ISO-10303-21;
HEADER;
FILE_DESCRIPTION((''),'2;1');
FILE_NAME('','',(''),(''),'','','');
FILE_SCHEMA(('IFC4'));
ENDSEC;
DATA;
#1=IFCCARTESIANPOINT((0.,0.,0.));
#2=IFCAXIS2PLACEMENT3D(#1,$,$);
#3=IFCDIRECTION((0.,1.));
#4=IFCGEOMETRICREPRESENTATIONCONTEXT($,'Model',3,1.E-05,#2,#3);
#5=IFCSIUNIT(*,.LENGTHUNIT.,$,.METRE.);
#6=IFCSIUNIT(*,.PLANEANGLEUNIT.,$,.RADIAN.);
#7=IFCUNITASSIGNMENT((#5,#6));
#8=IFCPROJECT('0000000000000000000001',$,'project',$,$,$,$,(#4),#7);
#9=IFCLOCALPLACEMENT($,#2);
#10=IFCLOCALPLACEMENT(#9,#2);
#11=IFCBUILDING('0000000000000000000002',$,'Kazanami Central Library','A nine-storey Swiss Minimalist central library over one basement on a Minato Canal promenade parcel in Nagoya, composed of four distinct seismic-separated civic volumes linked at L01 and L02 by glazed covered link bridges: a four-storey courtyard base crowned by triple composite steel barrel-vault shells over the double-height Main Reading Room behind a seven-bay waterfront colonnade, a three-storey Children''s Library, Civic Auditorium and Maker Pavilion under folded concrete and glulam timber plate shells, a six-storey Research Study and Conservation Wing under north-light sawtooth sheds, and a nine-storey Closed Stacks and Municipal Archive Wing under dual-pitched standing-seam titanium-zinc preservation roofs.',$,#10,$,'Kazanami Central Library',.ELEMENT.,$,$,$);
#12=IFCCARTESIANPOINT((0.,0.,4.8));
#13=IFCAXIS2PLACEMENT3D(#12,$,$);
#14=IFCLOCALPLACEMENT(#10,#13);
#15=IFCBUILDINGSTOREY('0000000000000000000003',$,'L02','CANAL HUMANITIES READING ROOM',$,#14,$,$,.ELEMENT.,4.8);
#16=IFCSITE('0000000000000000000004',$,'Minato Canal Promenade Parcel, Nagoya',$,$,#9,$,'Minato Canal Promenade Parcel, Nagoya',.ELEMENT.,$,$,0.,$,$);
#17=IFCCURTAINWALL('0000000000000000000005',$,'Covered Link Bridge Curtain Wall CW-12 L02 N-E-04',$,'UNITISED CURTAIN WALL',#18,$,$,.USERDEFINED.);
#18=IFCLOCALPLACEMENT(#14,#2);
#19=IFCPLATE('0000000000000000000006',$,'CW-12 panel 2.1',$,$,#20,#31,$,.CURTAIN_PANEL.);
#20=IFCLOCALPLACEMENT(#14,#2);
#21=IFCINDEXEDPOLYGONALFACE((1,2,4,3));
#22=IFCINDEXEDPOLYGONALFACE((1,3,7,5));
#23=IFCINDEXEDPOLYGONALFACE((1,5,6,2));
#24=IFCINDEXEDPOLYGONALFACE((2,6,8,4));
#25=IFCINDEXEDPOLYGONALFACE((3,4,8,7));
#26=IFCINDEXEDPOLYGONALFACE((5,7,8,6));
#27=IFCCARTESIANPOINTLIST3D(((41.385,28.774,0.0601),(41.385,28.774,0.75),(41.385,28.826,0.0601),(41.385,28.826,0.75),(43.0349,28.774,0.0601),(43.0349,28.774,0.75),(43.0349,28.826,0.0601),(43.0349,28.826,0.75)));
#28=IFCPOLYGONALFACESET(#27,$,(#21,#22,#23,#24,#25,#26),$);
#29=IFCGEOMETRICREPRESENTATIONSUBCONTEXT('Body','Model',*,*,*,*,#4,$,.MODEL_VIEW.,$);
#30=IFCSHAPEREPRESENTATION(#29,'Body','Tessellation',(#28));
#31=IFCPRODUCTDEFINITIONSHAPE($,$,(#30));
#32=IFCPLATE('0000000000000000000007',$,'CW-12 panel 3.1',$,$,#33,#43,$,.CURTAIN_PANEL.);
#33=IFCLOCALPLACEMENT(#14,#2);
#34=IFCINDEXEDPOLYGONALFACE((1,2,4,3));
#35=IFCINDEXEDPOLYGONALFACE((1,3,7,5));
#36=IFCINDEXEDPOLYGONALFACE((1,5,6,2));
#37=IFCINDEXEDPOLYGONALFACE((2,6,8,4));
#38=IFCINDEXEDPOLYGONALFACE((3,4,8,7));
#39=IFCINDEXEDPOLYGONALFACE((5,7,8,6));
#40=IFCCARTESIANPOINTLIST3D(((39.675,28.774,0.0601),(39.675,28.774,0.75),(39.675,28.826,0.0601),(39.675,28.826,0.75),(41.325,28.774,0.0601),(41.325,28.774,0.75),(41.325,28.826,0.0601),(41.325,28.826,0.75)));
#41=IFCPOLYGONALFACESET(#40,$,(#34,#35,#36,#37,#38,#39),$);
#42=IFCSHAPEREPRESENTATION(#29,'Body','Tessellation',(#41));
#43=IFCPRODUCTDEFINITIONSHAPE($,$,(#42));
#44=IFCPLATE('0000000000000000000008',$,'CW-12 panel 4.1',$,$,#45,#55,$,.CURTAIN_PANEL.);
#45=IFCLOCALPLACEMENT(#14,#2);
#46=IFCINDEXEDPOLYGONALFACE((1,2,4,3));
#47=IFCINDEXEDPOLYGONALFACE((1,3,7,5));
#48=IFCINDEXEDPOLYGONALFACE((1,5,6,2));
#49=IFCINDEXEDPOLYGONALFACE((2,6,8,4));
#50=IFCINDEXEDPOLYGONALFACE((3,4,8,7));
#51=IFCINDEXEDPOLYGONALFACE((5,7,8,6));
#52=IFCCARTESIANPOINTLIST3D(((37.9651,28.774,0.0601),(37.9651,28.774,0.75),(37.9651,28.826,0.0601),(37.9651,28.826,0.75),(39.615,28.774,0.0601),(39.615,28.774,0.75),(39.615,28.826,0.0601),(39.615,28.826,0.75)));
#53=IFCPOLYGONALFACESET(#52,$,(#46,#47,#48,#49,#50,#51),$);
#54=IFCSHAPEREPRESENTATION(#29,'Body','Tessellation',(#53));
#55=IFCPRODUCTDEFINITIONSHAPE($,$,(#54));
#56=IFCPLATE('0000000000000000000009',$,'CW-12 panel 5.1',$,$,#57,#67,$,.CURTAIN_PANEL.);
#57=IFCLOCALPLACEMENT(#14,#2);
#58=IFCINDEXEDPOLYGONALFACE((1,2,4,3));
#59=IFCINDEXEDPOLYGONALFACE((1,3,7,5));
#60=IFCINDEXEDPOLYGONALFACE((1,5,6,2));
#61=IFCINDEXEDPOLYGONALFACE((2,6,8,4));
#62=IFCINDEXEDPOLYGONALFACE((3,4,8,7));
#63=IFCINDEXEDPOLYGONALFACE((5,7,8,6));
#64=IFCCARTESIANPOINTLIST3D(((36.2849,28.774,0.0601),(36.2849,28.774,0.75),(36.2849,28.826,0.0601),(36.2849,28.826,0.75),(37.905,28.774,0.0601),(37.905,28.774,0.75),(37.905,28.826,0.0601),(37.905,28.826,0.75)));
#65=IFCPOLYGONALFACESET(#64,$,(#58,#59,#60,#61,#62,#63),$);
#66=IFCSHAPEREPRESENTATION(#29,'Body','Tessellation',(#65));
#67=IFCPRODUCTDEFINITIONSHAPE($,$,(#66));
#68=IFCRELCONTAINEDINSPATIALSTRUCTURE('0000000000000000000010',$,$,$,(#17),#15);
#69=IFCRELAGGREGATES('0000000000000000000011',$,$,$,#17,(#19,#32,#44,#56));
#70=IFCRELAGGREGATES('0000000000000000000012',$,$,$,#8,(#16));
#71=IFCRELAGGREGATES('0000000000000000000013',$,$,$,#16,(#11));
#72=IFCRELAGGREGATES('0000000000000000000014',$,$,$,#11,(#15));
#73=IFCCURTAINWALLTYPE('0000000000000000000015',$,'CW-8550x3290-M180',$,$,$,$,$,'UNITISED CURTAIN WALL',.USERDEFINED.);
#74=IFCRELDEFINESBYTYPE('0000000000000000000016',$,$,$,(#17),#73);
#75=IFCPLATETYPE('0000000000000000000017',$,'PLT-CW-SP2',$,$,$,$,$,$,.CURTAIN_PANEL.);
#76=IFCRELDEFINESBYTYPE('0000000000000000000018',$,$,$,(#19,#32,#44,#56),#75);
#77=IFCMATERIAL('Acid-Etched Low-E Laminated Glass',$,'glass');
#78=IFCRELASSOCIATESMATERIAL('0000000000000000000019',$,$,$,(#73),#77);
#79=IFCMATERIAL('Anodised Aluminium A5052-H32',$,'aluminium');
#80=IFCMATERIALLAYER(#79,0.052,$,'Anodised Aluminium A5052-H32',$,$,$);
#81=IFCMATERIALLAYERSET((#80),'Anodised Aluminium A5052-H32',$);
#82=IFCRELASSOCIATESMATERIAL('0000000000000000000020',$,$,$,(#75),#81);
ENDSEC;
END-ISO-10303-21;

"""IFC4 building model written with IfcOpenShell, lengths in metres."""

from ifc_helpers import new_model, si_unit, direction, frame, origin, origin_2d, place, context, subcontext, project, spatial, rectangle, extrude, material, layer, layer_set, type_object, element, aggregate, save


model = new_model("IFC4")

# Units and contexts
model_context = context("Model", 3, precision=1e-05, world=origin(), true_north=direction((0.0, 1.0)))
body_context = subcontext(model_context, "Body", "Model", "MODEL_VIEW")
ifc_project = project(units=[si_unit("LENGTHUNIT", "METRE"), si_unit("PLANEANGLEUNIT", "RADIAN")], contexts=[model_context])

# Site, building, storey
site_placement = place(None, origin())
site = spatial("IfcSite", under=ifc_project, at=site_placement, Name="Minato Canal Promenade Parcel, Nagoya", LongName="Minato Canal Promenade Parcel, Nagoya", CompositionType="ELEMENT", RefElevation=0.0)
building_placement = place(site_placement, origin())
building = spatial("IfcBuilding", under=site, at=building_placement, Name="Kazanami Central Library", Description="A nine-storey Swiss Minimalist central library over one basement on a Minato Canal promenade parcel in Nagoya, composed of four distinct seismic-separated civic volumes linked at L01 and L02 by glazed covered link bridges: a four-storey courtyard base crowned by triple composite steel barrel-vault shells over the double-height Main Reading Room behind a seven-bay waterfront colonnade, a three-storey Children's Library, Civic Auditorium and Maker Pavilion under folded concrete and glulam timber plate shells, a six-storey Research Study and Conservation Wing under north-light sawtooth sheds, and a nine-storey Closed Stacks and Municipal Archive Wing under dual-pitched standing-seam titanium-zinc preservation roofs.", LongName="Kazanami Central Library", CompositionType="ELEMENT")
storey_placement = place(building_placement, frame((0.0, 0.0, 4.8)))
storey = spatial("IfcBuildingStorey", under=building, at=storey_placement, Name="L02", Description="CANAL HUMANITIES READING ROOM", CompositionType="ELEMENT", Elevation=4.8)

# Curtain wall
ifc_material_1 = material(Name="Acid-Etched Low-E Laminated Glass", Category="glass")
curtain_wall_type_1 = type_object("IfcCurtainWallType", Name="CW-8550x3290-M180", ElementType="UNITISED CURTAIN WALL", PredefinedType="USERDEFINED", material=ifc_material_1)
curtain_wall_1_placement = place(storey_placement, origin())
curtain_wall_1 = element("IfcCurtainWall", 1, at=curtain_wall_1_placement, inside=storey, type_object=curtain_wall_type_1, Name="Covered Link Bridge Curtain Wall CW-12 L02 N-E-04", ObjectType="UNITISED CURTAIN WALL", PredefinedType="USERDEFINED")

# Plates
ifc_material_2 = material(Name="Anodised Aluminium A5052-H32", Category="aluminium")
ifc_layer_1 = layer(ifc_material_2, 0.052, Name="Anodised Aluminium A5052-H32")
ifc_layer_set_1 = layer_set([ifc_layer_1], Name="Anodised Aluminium A5052-H32")
plate_type_1 = type_object("IfcPlateType", Name="PLT-CW-SP2", PredefinedType="CURTAIN_PANEL", material=ifc_layer_set_1)
plate_1_placement = place(storey_placement, frame((42.21, 28.8, 0.0601), z_axis=(0.0, 0.0, 1.0), x_axis=(-1.0, 0.0, 0.0)))
plate_1 = element("IfcPlate", 2, at=plate_1_placement, type_object=plate_type_1, Name="CW-12 panel 2.1", PredefinedType="CURTAIN_PANEL", context=body_context, shape_type="SweptSolid", body=[
    extrude(rectangle(XDim=1.6499, YDim=0.052, at=origin_2d()), origin(), (0.0, 0.0, 1.0), 0.6899),
])
plate_2_placement = place(storey_placement, frame((40.5, 28.8, 0.0601), z_axis=(0.0, 0.0, 1.0), x_axis=(-1.0, 0.0, 0.0)))
plate_2 = element("IfcPlate", 3, at=plate_2_placement, type_object=plate_type_1, Name="CW-12 panel 3.1", PredefinedType="CURTAIN_PANEL", context=body_context, shape_type="SweptSolid", body=[
    extrude(rectangle(XDim=1.6499, YDim=0.052, at=origin_2d()), origin(), (0.0, 0.0, 1.0), 0.6899),
])
plate_3_placement = place(storey_placement, frame((38.79, 28.8, 0.0601), z_axis=(0.0, 0.0, 1.0), x_axis=(-1.0, 0.0, 0.0)))
plate_3 = element("IfcPlate", 4, at=plate_3_placement, type_object=plate_type_1, Name="CW-12 panel 4.1", PredefinedType="CURTAIN_PANEL", context=body_context, shape_type="SweptSolid", body=[
    extrude(rectangle(XDim=1.6499, YDim=0.052, at=origin_2d()), origin(), (0.0, 0.0, 1.0), 0.6899),
])
plate_4_placement = place(storey_placement, frame((37.095, 28.8, 0.0601), z_axis=(0.0, 0.0, 1.0), x_axis=(-1.0, 0.0, 0.0)))
plate_4 = element("IfcPlate", 5, at=plate_4_placement, type_object=plate_type_1, Name="CW-12 panel 5.1", PredefinedType="CURTAIN_PANEL", context=body_context, shape_type="SweptSolid", body=[
    extrude(rectangle(XDim=1.6201, YDim=0.052, at=origin_2d()), origin(), (0.0, 0.0, 1.0), 0.6899),
])
aggregate(curtain_wall_1, [plate_1, plate_2, plate_3, plate_4])

save(model, "model.ifc")
